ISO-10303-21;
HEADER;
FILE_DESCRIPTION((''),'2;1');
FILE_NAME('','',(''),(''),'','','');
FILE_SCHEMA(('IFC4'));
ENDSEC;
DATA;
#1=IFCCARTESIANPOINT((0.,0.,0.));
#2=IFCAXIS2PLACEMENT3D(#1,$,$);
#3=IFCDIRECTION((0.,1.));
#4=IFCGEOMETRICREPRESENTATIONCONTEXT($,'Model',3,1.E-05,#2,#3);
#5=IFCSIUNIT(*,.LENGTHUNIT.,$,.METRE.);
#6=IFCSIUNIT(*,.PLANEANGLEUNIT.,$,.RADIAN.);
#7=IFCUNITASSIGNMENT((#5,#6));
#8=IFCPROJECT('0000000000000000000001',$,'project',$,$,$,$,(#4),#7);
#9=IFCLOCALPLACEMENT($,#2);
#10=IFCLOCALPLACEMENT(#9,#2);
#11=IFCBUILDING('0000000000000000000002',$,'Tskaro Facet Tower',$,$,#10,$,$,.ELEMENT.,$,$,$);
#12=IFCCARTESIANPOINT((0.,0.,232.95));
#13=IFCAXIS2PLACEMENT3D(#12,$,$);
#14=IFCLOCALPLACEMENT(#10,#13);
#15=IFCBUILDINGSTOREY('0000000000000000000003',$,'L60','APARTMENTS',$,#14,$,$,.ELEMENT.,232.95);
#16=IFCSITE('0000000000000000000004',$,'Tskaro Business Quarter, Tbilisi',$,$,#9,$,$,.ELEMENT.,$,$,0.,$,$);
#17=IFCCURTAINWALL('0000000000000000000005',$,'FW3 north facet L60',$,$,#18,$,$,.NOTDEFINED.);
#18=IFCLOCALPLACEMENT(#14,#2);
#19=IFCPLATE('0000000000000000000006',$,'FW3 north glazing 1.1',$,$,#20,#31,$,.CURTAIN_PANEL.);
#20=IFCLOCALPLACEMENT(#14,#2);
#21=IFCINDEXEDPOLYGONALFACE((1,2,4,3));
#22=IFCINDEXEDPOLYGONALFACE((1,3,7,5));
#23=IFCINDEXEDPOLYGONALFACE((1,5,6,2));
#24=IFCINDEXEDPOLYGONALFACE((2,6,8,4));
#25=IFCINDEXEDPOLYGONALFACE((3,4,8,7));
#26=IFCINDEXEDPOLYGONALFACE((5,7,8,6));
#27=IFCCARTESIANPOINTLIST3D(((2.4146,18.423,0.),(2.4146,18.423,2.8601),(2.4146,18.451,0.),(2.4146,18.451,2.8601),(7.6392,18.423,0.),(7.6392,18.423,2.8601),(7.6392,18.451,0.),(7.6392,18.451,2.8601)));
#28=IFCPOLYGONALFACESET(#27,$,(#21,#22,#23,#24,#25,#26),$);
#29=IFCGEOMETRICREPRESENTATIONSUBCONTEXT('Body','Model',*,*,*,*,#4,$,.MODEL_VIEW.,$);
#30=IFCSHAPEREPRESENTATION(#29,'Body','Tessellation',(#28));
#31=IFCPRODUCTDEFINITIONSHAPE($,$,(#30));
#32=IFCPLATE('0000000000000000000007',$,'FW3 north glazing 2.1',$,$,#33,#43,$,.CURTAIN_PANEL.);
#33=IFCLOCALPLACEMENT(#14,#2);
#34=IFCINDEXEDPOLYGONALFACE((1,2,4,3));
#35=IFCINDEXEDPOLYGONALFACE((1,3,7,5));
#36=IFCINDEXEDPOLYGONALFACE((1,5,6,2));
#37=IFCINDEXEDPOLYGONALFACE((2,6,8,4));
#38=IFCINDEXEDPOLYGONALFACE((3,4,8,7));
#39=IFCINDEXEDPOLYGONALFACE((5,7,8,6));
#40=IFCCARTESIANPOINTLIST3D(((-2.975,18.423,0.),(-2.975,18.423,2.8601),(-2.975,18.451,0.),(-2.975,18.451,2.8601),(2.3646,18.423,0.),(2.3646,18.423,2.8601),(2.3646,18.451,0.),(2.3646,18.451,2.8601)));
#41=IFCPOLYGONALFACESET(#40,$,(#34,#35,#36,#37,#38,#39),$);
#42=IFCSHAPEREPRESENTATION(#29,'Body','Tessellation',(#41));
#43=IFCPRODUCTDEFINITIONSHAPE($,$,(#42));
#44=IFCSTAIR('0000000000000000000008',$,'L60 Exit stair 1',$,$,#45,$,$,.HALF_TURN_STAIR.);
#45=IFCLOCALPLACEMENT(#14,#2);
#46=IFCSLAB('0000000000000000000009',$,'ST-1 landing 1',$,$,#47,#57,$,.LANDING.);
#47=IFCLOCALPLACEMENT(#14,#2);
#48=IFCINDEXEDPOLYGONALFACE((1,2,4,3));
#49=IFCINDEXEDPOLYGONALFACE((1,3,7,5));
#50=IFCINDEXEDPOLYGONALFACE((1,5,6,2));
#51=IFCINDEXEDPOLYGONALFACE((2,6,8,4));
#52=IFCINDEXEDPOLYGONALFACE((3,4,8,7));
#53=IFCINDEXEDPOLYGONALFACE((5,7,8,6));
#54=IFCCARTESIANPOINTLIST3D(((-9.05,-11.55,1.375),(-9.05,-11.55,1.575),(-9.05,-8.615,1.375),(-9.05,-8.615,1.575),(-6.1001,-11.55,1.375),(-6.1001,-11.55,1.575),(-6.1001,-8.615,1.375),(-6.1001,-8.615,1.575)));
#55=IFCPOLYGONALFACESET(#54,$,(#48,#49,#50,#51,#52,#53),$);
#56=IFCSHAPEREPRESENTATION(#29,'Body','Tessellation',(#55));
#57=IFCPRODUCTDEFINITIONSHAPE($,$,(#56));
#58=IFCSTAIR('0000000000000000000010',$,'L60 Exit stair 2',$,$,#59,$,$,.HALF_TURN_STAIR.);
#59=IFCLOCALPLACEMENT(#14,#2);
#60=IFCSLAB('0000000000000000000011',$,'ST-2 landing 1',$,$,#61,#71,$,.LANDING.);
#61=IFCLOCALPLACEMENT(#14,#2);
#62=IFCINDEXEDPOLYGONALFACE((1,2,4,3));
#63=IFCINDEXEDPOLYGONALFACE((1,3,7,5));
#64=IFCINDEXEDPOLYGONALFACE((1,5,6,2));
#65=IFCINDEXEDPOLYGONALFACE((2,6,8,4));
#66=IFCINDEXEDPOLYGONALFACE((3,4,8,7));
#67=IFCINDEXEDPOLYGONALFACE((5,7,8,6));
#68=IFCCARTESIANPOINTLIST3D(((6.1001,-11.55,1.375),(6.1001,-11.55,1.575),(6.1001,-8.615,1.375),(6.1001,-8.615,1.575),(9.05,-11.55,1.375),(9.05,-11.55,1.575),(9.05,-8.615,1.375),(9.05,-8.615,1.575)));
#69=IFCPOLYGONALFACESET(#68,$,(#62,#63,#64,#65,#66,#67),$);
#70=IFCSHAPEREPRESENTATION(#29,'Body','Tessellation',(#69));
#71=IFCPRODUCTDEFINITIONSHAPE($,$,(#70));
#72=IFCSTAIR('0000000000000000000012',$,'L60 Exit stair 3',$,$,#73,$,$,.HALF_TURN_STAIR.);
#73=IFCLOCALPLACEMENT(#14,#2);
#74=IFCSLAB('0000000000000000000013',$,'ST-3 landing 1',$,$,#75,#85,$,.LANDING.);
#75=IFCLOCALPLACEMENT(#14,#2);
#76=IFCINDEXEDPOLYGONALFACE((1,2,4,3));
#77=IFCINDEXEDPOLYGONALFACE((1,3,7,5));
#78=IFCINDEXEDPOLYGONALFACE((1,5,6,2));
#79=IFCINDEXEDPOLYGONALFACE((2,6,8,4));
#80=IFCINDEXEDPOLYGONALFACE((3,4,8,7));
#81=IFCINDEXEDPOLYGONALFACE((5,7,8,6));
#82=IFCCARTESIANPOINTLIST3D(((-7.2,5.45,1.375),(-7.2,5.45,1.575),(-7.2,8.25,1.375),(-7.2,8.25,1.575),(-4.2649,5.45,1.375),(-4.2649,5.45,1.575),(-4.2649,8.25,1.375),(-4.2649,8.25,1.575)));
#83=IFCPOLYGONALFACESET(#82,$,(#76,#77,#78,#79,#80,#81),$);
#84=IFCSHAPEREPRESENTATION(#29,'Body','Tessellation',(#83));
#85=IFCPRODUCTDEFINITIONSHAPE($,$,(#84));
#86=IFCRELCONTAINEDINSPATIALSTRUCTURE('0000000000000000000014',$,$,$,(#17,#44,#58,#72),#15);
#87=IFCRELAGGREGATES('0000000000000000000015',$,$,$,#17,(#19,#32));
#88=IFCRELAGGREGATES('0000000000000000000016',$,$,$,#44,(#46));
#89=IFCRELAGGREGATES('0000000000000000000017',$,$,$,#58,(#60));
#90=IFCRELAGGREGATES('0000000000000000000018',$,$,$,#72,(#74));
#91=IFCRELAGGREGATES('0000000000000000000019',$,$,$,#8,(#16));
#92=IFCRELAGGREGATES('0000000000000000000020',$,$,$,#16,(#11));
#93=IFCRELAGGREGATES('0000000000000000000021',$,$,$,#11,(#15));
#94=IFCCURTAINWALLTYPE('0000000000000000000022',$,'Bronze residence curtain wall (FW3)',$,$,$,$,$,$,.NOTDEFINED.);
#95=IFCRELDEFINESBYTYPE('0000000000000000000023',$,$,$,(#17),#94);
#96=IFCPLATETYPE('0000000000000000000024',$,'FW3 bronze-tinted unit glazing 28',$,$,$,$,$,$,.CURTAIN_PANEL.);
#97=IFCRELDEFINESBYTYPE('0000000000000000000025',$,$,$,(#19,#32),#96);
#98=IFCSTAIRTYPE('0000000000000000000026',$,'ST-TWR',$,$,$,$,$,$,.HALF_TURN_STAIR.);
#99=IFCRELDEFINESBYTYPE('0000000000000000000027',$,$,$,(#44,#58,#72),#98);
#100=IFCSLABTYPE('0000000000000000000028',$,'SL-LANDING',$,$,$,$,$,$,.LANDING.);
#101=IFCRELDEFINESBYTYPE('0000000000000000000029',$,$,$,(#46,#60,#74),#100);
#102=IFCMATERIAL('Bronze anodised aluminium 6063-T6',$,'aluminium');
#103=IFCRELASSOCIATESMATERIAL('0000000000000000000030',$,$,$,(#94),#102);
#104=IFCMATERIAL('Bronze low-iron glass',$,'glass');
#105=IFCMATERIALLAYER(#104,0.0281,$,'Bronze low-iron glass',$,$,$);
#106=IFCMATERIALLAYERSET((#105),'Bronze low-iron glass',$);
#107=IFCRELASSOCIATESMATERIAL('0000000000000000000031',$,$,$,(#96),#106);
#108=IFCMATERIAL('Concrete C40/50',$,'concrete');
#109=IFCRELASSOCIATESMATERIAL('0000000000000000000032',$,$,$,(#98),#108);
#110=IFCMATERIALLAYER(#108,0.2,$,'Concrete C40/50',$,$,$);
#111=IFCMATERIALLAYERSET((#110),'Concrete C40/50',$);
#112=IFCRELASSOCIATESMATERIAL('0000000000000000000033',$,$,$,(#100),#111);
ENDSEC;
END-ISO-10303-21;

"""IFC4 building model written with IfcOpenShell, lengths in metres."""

from ifc_helpers import new_model, si_unit, direction, frame, origin, origin_2d, place, context, subcontext, project, spatial, polyline, rectangle, outline, extrude, material, layer, layer_set, type_object, element, aggregate, save


model = new_model("IFC4")

# Units and contexts
model_context = context("Model", 3, precision=1e-05, world=origin(), true_north=direction((0.0, 1.0)))
body_context = subcontext(model_context, "Body", "Model", "MODEL_VIEW")
ifc_project = project(units=[si_unit("LENGTHUNIT", "METRE"), si_unit("PLANEANGLEUNIT", "RADIAN")], contexts=[model_context])

# Site, building, storey
site_placement = place(None, origin())
site = spatial("IfcSite", under=ifc_project, at=site_placement, Name="Tskaro Business Quarter, Tbilisi", CompositionType="ELEMENT", RefElevation=0.0)
building_placement = place(site_placement, origin())
building = spatial("IfcBuilding", under=site, at=building_placement, Name="Tskaro Facet Tower", CompositionType="ELEMENT")
storey_placement = place(building_placement, frame((0.0, 0.0, 232.95)))
storey = spatial("IfcBuildingStorey", under=building, at=storey_placement, Name="L60", Description="APARTMENTS", CompositionType="ELEMENT", Elevation=232.95)

# Curtain wall
ifc_material_1 = material(Name="Bronze anodised aluminium 6063-T6", Category="aluminium")
curtain_wall_type = type_object("IfcCurtainWallType", Name="Bronze residence curtain wall (FW3)", PredefinedType="NOTDEFINED", material=ifc_material_1)
curtain_wall_placement = place(storey_placement, origin())
curtain_wall = element("IfcCurtainWall", 1, at=curtain_wall_placement, inside=storey, type_object=curtain_wall_type, Name="FW3 north facet L60", PredefinedType="NOTDEFINED")

# Plates
ifc_material_2 = material(Name="Bronze low-iron glass", Category="glass")
ifc_layer_1 = layer(ifc_material_2, 0.0281, Name="Bronze low-iron glass")
ifc_layer_set_1 = layer_set([ifc_layer_1], Name="Bronze low-iron glass")
plate_type = type_object("IfcPlateType", Name="FW3 bronze-tinted unit glazing 28", PredefinedType="CURTAIN_PANEL", material=ifc_layer_set_1)
plate_1_placement = place(storey_placement, frame((5.0269, 18.437, 0.0), z_axis=(0.0, 0.0, 1.0), x_axis=(-1.0, 0.0, 0.0)))
plate_1 = element("IfcPlate", 2, at=plate_1_placement, type_object=plate_type, Name="FW3 north glazing 1.1", PredefinedType="CURTAIN_PANEL", context=body_context, shape_type="SweptSolid", body=[
    extrude(rectangle(XDim=5.2246, YDim=0.0281, at=origin_2d()), origin(), (0.0, 0.0, 1.0), 2.8601),
])
plate_2_placement = place(storey_placement, frame((-0.3052, 18.437, 0.0), z_axis=(0.0, 0.0, 1.0), x_axis=(-1.0, 0.0, 0.0)))
plate_2 = element("IfcPlate", 3, at=plate_2_placement, type_object=plate_type, Name="FW3 north glazing 2.1", PredefinedType="CURTAIN_PANEL", context=body_context, shape_type="SweptSolid", body=[
    extrude(rectangle(XDim=5.3396, YDim=0.0281, at=origin_2d()), origin(), (0.0, 0.0, 1.0), 2.8601),
])
aggregate(curtain_wall, [plate_1, plate_2])

# Stairs, slabs
ifc_material_3 = material(Name="Concrete C40/50", Category="concrete")
stair_type = type_object("IfcStairType", Name="ST-TWR", PredefinedType="HALF_TURN_STAIR", material=ifc_material_3)
stair_1_placement = place(storey_placement, origin())
stair_1 = element("IfcStair", 4, at=stair_1_placement, inside=storey, type_object=stair_type, Name="L60 Exit stair 1", PredefinedType="HALF_TURN_STAIR")
ifc_layer_2 = layer(ifc_material_3, 0.2, Name="Concrete C40/50")
ifc_layer_set_2 = layer_set([ifc_layer_2], Name="Concrete C40/50")
slab_type_1 = type_object("IfcSlabType", Name="SL-LANDING", PredefinedType="LANDING", material=ifc_layer_set_2)
slab_1_placement = place(storey_placement, frame((0.0, 0.0, 1.375)))
slab_1 = element("IfcSlab", 5, at=slab_1_placement, type_object=slab_type_1, Name="ST-1 landing 1", PredefinedType="LANDING", context=body_context, shape_type="SweptSolid", body=[
    extrude(outline(polyline([(-9.05, -11.55), (-6.1001, -11.55), (-6.1001, -8.615), (-9.05, -8.615), (-9.05, -11.55)])), origin(), (0.0, 0.0, 1.0), 0.2),
])
aggregate(stair_1, [slab_1])
stair_2_placement = place(storey_placement, origin())
stair_2 = element("IfcStair", 6, at=stair_2_placement, inside=storey, type_object=stair_type, Name="L60 Exit stair 2", PredefinedType="HALF_TURN_STAIR")
slab_2_placement = place(storey_placement, frame((0.0, 0.0, 1.375)))
slab_2 = element("IfcSlab", 7, at=slab_2_placement, type_object=slab_type_1, Name="ST-2 landing 1", PredefinedType="LANDING", context=body_context, shape_type="SweptSolid", body=[
    extrude(outline(polyline([(6.1001, -11.55), (9.05, -11.55), (9.05, -8.615), (6.1001, -8.615), (6.1001, -11.55)])), origin(), (0.0, 0.0, 1.0), 0.2),
])
aggregate(stair_2, [slab_2])
stair_3_placement = place(storey_placement, origin())
stair_3 = element("IfcStair", 8, at=stair_3_placement, inside=storey, type_object=stair_type, Name="L60 Exit stair 3", PredefinedType="HALF_TURN_STAIR")
slab_3_placement = place(storey_placement, frame((0.0, 0.0, 1.375)))
slab_3 = element("IfcSlab", 9, at=slab_3_placement, type_object=slab_type_1, Name="ST-3 landing 1", PredefinedType="LANDING", context=body_context, shape_type="SweptSolid", body=[
    extrude(outline(polyline([(-7.2, 5.45), (-4.2649, 5.45), (-4.2649, 8.25), (-7.2, 8.25), (-7.2, 5.45)])), origin(), (0.0, 0.0, 1.0), 0.2),
])

aggregate(stair_3, [slab_3])

save(model, "model.ifc")
